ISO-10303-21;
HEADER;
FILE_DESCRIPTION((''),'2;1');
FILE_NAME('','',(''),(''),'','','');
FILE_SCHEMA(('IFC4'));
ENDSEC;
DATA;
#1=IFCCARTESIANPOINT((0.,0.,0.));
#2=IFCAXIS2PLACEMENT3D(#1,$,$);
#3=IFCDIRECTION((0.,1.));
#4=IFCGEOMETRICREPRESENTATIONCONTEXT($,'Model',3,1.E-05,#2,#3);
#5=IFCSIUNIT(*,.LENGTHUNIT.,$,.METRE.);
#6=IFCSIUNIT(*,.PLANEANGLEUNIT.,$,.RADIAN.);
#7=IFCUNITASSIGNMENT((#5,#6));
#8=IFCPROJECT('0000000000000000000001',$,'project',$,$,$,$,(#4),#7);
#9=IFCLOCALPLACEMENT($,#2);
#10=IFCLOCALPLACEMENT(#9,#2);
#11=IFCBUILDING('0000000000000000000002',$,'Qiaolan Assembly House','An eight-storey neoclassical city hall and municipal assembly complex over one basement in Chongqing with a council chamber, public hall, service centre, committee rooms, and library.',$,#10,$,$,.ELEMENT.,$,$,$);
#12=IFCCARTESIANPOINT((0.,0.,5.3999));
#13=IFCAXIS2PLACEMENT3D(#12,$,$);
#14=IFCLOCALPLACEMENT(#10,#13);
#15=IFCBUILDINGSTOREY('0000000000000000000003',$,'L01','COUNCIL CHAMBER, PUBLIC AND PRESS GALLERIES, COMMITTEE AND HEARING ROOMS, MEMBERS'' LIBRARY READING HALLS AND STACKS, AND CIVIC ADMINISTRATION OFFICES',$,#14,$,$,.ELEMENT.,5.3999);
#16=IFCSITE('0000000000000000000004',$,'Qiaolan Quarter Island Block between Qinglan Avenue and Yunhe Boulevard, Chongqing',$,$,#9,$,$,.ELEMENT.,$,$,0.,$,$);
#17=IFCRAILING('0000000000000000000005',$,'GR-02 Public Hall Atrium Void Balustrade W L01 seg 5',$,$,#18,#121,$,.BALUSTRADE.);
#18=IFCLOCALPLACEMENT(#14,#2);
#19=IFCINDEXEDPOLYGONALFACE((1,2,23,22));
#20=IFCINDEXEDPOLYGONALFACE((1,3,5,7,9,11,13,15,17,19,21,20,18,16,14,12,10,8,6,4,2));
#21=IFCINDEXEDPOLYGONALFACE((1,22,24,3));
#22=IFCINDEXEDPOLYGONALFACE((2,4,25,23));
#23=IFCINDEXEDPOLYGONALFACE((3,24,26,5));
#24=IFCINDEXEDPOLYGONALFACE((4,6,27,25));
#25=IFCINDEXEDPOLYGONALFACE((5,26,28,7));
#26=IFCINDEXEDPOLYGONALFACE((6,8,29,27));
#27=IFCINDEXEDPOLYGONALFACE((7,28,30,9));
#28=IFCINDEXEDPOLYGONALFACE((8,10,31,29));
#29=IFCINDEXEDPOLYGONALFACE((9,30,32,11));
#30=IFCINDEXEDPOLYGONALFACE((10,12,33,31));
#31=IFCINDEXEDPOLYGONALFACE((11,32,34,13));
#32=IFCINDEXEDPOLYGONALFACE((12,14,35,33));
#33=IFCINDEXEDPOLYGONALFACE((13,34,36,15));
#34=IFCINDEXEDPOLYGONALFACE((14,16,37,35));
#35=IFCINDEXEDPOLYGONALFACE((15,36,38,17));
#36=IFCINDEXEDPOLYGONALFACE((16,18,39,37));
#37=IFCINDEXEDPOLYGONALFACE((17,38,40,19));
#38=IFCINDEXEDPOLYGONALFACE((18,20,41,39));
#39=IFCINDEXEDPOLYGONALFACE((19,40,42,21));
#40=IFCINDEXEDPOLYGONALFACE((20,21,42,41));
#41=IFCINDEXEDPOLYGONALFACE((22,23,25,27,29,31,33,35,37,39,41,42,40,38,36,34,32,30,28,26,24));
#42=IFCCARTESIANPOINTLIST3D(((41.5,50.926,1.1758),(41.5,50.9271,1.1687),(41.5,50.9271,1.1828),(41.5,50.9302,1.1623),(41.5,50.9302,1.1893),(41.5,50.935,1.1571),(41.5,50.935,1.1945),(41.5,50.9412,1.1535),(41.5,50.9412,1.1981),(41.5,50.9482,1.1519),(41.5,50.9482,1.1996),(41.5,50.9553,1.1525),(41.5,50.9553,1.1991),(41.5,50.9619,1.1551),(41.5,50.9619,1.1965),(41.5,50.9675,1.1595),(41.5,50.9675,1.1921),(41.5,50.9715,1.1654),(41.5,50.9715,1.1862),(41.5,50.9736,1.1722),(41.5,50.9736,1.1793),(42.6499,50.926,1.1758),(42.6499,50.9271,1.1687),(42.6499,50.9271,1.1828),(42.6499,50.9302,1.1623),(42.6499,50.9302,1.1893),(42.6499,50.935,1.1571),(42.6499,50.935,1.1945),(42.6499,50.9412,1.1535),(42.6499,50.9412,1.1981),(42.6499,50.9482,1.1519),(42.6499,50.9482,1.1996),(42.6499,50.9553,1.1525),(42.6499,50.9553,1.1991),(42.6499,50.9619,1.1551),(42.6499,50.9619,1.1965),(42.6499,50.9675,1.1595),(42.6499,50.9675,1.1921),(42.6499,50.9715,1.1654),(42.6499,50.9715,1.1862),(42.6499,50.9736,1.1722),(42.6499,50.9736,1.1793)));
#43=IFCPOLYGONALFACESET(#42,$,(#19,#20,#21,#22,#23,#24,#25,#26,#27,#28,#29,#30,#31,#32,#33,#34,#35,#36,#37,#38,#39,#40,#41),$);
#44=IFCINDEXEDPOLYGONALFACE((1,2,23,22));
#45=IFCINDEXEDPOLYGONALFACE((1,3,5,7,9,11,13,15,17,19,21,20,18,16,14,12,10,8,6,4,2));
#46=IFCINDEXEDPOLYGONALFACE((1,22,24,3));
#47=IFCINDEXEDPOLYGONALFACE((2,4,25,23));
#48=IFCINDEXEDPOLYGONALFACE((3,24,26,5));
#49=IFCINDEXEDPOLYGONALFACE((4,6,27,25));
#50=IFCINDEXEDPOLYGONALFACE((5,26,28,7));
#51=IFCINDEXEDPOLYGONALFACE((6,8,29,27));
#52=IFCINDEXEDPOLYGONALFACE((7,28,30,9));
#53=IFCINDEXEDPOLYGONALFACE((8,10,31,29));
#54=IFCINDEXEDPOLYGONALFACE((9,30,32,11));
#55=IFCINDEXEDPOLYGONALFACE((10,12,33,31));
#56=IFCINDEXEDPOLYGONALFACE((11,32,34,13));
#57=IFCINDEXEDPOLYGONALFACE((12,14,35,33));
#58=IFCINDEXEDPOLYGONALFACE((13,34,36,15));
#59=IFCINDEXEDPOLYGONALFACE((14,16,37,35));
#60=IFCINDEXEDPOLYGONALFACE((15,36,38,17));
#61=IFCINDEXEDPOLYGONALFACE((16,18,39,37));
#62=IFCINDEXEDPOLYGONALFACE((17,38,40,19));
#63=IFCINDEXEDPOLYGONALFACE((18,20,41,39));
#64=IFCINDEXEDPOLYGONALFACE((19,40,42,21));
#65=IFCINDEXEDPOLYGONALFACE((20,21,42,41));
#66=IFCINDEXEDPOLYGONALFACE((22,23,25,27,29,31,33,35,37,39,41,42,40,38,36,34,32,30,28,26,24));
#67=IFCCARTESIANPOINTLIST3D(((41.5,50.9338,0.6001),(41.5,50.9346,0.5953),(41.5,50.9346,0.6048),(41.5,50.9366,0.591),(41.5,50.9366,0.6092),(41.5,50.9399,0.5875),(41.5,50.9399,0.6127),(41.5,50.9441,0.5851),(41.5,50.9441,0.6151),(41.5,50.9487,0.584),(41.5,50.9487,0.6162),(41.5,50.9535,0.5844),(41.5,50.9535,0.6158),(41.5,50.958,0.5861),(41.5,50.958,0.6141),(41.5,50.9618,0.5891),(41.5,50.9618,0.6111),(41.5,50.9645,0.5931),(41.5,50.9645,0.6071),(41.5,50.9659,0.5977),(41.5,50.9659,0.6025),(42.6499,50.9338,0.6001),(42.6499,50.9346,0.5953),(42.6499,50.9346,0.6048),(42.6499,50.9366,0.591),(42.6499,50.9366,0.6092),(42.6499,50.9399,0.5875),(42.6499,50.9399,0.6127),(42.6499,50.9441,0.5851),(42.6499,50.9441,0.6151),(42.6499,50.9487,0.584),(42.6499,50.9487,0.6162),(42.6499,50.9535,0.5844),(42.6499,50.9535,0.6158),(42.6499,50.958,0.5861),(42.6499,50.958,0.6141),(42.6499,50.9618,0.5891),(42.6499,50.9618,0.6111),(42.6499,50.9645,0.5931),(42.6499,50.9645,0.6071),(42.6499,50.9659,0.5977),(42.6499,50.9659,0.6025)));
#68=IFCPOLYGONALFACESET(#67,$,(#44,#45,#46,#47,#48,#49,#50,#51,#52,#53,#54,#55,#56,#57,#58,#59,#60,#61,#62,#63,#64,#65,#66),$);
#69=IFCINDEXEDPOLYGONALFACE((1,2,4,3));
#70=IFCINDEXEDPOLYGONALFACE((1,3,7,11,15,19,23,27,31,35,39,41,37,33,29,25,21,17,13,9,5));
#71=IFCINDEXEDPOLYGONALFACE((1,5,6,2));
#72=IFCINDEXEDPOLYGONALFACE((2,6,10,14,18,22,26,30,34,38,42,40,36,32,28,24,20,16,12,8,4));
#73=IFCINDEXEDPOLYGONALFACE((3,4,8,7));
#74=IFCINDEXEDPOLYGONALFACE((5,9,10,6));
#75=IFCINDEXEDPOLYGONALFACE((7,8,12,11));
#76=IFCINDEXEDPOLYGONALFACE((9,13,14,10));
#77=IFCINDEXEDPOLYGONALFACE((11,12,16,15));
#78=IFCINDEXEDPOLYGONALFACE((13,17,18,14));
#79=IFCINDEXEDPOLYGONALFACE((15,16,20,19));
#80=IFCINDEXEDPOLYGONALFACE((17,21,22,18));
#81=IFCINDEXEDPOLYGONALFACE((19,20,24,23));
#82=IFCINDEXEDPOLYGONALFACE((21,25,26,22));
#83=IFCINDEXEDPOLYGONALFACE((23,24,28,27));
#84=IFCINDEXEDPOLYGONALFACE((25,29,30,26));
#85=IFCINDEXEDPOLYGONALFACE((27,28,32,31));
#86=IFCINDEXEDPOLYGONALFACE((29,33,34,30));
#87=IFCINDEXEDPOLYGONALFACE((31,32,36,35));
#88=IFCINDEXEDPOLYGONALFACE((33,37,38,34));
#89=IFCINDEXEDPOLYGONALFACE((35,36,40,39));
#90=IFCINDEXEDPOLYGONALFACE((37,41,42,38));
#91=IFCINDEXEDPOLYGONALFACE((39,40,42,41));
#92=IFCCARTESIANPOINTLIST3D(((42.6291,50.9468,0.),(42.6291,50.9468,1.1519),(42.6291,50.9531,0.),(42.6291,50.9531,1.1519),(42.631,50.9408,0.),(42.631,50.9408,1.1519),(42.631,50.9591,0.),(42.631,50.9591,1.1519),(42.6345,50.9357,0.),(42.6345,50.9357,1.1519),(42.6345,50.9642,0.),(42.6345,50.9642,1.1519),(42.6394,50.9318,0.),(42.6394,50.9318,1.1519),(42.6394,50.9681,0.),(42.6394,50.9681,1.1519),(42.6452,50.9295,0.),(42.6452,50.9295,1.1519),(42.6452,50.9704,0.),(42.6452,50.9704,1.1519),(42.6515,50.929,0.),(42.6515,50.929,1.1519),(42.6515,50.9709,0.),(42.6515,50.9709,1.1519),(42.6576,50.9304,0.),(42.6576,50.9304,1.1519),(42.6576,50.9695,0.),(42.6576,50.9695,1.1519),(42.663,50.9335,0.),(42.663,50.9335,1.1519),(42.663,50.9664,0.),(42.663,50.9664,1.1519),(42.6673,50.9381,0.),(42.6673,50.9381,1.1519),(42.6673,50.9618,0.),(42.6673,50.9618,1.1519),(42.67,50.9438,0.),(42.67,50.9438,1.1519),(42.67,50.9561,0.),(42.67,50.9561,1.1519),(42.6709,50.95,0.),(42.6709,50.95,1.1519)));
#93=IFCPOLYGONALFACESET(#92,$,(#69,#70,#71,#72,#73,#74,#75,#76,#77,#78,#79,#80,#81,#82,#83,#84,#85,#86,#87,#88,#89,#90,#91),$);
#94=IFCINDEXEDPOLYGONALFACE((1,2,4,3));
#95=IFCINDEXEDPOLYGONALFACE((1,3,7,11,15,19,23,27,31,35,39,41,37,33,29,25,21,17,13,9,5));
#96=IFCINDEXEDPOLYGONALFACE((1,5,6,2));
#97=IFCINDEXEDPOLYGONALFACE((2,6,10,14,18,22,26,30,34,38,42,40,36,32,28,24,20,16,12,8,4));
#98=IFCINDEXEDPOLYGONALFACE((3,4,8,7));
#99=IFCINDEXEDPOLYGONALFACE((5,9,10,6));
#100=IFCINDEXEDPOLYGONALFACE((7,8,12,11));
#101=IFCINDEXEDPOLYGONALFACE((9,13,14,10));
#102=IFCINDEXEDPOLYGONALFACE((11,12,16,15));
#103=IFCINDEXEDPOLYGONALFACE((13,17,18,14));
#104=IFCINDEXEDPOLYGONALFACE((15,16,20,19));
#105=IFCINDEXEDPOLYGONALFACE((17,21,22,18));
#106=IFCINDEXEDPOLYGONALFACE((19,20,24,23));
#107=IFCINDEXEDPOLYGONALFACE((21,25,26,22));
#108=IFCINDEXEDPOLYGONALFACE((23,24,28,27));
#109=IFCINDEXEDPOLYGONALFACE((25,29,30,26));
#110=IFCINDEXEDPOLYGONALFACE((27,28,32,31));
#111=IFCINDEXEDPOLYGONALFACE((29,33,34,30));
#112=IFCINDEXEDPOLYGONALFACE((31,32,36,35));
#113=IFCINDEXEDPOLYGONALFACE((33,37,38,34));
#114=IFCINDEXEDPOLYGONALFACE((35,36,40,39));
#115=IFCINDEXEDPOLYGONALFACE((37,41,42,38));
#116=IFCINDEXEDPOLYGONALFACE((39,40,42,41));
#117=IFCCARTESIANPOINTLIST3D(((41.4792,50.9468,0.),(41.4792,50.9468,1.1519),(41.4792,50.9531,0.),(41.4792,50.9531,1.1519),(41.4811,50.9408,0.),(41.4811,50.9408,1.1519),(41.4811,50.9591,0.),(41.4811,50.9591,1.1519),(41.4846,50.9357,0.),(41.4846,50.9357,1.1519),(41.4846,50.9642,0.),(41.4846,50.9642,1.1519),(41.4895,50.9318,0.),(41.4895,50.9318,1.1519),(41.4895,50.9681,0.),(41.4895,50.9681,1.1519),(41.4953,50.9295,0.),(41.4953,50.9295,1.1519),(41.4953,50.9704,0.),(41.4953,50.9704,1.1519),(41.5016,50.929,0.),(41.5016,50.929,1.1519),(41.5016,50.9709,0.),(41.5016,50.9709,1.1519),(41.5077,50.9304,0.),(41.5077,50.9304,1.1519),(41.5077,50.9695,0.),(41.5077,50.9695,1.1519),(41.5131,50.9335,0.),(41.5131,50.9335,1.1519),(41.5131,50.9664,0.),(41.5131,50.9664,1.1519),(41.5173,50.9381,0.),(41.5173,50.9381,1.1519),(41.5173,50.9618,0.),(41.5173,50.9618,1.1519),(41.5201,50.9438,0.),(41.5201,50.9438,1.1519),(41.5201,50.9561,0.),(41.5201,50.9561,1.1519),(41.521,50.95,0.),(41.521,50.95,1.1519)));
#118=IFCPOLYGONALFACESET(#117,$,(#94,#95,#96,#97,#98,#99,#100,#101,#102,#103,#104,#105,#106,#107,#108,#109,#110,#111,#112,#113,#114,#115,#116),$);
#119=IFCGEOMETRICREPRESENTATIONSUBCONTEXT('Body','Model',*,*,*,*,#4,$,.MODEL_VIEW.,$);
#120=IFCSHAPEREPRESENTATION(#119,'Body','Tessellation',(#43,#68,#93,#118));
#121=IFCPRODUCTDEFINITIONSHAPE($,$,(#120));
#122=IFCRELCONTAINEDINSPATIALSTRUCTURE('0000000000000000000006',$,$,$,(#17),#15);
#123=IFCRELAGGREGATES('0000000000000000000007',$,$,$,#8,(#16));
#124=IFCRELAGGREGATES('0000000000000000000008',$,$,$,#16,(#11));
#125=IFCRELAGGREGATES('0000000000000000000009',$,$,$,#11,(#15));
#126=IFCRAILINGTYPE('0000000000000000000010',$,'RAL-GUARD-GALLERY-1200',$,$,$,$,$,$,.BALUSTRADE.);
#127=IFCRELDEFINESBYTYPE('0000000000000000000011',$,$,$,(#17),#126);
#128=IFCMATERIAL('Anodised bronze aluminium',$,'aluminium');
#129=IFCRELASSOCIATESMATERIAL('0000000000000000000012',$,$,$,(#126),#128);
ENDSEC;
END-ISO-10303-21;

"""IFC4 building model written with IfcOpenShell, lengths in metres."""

from ifc_helpers import new_model, si_unit, direction, frame, origin, origin_2d, place, context, subcontext, project, spatial, circle, extrude, material, type_object, element, save


model = new_model("IFC4")

# Units and contexts
model_context = context("Model", 3, precision=1e-05, world=origin(), true_north=direction((0.0, 1.0)))
body_context = subcontext(model_context, "Body", "Model", "MODEL_VIEW")
ifc_project = project(units=[si_unit("LENGTHUNIT", "METRE"), si_unit("PLANEANGLEUNIT", "RADIAN")], contexts=[model_context])

# Site, building, storey
site_placement = place(None, origin())
site = spatial("IfcSite", under=ifc_project, at=site_placement, Name="Qiaolan Quarter Island Block between Qinglan Avenue and Yunhe Boulevard, Chongqing", CompositionType="ELEMENT", RefElevation=0.0)
building_placement = place(site_placement, origin())
building = spatial("IfcBuilding", under=site, at=building_placement, Name="Qiaolan Assembly House", Description="An eight-storey neoclassical city hall and municipal assembly complex over one basement in Chongqing with a council chamber, public hall, service centre, committee rooms, and library.", CompositionType="ELEMENT")
storey_placement = place(building_placement, frame((0.0, 0.0, 5.3999)))
storey = spatial("IfcBuildingStorey", under=building, at=storey_placement, Name="L01", Description="COUNCIL CHAMBER, PUBLIC AND PRESS GALLERIES, COMMITTEE AND HEARING ROOMS, MEMBERS' LIBRARY READING HALLS AND STACKS, AND CIVIC ADMINISTRATION OFFICES", CompositionType="ELEMENT", Elevation=5.3999)

# Railing
ifc_material_1 = material(Name="Anodised bronze aluminium", Category="aluminium")
railing_type = type_object("IfcRailingType", Name="RAL-GUARD-GALLERY-1200", PredefinedType="BALUSTRADE", material=ifc_material_1)
railing_1_placement = place(storey_placement, frame((42.6499, 50.95, 0.0)))
element("IfcRailing", 1, at=railing_1_placement, inside=storey, type_object=railing_type, Name="GR-02 Public Hall Atrium Void Balustrade W L01 seg 5", PredefinedType="BALUSTRADE", context=body_context, shape_type="SweptSolid", body=[
    extrude(circle(Radius=0.0239, at=origin_2d()), frame((0.0, 0.0, 1.1758), z_axis=(-1.0, 0.0, 0.0), x_axis=(0.0, -1.0, 0.0)), (0.0, 0.0, 1.0), 1.1499),
    extrude(circle(Radius=0.0161, at=origin_2d()), frame((0.0, 0.0, 0.6001), z_axis=(-1.0, 0.0, 0.0), x_axis=(0.0, -1.0, 0.0)), (0.0, 0.0, 1.0), 1.1499),
    extrude(circle(Radius=0.021, at=origin_2d()), origin(), (0.0, 0.0, 1.0), 1.1519),
    extrude(circle(Radius=0.021, at=origin_2d()), frame((-1.1499, 0.0, 0.0)), (0.0, 0.0, 1.0), 1.1519),
])

save(model, "model.ifc")
